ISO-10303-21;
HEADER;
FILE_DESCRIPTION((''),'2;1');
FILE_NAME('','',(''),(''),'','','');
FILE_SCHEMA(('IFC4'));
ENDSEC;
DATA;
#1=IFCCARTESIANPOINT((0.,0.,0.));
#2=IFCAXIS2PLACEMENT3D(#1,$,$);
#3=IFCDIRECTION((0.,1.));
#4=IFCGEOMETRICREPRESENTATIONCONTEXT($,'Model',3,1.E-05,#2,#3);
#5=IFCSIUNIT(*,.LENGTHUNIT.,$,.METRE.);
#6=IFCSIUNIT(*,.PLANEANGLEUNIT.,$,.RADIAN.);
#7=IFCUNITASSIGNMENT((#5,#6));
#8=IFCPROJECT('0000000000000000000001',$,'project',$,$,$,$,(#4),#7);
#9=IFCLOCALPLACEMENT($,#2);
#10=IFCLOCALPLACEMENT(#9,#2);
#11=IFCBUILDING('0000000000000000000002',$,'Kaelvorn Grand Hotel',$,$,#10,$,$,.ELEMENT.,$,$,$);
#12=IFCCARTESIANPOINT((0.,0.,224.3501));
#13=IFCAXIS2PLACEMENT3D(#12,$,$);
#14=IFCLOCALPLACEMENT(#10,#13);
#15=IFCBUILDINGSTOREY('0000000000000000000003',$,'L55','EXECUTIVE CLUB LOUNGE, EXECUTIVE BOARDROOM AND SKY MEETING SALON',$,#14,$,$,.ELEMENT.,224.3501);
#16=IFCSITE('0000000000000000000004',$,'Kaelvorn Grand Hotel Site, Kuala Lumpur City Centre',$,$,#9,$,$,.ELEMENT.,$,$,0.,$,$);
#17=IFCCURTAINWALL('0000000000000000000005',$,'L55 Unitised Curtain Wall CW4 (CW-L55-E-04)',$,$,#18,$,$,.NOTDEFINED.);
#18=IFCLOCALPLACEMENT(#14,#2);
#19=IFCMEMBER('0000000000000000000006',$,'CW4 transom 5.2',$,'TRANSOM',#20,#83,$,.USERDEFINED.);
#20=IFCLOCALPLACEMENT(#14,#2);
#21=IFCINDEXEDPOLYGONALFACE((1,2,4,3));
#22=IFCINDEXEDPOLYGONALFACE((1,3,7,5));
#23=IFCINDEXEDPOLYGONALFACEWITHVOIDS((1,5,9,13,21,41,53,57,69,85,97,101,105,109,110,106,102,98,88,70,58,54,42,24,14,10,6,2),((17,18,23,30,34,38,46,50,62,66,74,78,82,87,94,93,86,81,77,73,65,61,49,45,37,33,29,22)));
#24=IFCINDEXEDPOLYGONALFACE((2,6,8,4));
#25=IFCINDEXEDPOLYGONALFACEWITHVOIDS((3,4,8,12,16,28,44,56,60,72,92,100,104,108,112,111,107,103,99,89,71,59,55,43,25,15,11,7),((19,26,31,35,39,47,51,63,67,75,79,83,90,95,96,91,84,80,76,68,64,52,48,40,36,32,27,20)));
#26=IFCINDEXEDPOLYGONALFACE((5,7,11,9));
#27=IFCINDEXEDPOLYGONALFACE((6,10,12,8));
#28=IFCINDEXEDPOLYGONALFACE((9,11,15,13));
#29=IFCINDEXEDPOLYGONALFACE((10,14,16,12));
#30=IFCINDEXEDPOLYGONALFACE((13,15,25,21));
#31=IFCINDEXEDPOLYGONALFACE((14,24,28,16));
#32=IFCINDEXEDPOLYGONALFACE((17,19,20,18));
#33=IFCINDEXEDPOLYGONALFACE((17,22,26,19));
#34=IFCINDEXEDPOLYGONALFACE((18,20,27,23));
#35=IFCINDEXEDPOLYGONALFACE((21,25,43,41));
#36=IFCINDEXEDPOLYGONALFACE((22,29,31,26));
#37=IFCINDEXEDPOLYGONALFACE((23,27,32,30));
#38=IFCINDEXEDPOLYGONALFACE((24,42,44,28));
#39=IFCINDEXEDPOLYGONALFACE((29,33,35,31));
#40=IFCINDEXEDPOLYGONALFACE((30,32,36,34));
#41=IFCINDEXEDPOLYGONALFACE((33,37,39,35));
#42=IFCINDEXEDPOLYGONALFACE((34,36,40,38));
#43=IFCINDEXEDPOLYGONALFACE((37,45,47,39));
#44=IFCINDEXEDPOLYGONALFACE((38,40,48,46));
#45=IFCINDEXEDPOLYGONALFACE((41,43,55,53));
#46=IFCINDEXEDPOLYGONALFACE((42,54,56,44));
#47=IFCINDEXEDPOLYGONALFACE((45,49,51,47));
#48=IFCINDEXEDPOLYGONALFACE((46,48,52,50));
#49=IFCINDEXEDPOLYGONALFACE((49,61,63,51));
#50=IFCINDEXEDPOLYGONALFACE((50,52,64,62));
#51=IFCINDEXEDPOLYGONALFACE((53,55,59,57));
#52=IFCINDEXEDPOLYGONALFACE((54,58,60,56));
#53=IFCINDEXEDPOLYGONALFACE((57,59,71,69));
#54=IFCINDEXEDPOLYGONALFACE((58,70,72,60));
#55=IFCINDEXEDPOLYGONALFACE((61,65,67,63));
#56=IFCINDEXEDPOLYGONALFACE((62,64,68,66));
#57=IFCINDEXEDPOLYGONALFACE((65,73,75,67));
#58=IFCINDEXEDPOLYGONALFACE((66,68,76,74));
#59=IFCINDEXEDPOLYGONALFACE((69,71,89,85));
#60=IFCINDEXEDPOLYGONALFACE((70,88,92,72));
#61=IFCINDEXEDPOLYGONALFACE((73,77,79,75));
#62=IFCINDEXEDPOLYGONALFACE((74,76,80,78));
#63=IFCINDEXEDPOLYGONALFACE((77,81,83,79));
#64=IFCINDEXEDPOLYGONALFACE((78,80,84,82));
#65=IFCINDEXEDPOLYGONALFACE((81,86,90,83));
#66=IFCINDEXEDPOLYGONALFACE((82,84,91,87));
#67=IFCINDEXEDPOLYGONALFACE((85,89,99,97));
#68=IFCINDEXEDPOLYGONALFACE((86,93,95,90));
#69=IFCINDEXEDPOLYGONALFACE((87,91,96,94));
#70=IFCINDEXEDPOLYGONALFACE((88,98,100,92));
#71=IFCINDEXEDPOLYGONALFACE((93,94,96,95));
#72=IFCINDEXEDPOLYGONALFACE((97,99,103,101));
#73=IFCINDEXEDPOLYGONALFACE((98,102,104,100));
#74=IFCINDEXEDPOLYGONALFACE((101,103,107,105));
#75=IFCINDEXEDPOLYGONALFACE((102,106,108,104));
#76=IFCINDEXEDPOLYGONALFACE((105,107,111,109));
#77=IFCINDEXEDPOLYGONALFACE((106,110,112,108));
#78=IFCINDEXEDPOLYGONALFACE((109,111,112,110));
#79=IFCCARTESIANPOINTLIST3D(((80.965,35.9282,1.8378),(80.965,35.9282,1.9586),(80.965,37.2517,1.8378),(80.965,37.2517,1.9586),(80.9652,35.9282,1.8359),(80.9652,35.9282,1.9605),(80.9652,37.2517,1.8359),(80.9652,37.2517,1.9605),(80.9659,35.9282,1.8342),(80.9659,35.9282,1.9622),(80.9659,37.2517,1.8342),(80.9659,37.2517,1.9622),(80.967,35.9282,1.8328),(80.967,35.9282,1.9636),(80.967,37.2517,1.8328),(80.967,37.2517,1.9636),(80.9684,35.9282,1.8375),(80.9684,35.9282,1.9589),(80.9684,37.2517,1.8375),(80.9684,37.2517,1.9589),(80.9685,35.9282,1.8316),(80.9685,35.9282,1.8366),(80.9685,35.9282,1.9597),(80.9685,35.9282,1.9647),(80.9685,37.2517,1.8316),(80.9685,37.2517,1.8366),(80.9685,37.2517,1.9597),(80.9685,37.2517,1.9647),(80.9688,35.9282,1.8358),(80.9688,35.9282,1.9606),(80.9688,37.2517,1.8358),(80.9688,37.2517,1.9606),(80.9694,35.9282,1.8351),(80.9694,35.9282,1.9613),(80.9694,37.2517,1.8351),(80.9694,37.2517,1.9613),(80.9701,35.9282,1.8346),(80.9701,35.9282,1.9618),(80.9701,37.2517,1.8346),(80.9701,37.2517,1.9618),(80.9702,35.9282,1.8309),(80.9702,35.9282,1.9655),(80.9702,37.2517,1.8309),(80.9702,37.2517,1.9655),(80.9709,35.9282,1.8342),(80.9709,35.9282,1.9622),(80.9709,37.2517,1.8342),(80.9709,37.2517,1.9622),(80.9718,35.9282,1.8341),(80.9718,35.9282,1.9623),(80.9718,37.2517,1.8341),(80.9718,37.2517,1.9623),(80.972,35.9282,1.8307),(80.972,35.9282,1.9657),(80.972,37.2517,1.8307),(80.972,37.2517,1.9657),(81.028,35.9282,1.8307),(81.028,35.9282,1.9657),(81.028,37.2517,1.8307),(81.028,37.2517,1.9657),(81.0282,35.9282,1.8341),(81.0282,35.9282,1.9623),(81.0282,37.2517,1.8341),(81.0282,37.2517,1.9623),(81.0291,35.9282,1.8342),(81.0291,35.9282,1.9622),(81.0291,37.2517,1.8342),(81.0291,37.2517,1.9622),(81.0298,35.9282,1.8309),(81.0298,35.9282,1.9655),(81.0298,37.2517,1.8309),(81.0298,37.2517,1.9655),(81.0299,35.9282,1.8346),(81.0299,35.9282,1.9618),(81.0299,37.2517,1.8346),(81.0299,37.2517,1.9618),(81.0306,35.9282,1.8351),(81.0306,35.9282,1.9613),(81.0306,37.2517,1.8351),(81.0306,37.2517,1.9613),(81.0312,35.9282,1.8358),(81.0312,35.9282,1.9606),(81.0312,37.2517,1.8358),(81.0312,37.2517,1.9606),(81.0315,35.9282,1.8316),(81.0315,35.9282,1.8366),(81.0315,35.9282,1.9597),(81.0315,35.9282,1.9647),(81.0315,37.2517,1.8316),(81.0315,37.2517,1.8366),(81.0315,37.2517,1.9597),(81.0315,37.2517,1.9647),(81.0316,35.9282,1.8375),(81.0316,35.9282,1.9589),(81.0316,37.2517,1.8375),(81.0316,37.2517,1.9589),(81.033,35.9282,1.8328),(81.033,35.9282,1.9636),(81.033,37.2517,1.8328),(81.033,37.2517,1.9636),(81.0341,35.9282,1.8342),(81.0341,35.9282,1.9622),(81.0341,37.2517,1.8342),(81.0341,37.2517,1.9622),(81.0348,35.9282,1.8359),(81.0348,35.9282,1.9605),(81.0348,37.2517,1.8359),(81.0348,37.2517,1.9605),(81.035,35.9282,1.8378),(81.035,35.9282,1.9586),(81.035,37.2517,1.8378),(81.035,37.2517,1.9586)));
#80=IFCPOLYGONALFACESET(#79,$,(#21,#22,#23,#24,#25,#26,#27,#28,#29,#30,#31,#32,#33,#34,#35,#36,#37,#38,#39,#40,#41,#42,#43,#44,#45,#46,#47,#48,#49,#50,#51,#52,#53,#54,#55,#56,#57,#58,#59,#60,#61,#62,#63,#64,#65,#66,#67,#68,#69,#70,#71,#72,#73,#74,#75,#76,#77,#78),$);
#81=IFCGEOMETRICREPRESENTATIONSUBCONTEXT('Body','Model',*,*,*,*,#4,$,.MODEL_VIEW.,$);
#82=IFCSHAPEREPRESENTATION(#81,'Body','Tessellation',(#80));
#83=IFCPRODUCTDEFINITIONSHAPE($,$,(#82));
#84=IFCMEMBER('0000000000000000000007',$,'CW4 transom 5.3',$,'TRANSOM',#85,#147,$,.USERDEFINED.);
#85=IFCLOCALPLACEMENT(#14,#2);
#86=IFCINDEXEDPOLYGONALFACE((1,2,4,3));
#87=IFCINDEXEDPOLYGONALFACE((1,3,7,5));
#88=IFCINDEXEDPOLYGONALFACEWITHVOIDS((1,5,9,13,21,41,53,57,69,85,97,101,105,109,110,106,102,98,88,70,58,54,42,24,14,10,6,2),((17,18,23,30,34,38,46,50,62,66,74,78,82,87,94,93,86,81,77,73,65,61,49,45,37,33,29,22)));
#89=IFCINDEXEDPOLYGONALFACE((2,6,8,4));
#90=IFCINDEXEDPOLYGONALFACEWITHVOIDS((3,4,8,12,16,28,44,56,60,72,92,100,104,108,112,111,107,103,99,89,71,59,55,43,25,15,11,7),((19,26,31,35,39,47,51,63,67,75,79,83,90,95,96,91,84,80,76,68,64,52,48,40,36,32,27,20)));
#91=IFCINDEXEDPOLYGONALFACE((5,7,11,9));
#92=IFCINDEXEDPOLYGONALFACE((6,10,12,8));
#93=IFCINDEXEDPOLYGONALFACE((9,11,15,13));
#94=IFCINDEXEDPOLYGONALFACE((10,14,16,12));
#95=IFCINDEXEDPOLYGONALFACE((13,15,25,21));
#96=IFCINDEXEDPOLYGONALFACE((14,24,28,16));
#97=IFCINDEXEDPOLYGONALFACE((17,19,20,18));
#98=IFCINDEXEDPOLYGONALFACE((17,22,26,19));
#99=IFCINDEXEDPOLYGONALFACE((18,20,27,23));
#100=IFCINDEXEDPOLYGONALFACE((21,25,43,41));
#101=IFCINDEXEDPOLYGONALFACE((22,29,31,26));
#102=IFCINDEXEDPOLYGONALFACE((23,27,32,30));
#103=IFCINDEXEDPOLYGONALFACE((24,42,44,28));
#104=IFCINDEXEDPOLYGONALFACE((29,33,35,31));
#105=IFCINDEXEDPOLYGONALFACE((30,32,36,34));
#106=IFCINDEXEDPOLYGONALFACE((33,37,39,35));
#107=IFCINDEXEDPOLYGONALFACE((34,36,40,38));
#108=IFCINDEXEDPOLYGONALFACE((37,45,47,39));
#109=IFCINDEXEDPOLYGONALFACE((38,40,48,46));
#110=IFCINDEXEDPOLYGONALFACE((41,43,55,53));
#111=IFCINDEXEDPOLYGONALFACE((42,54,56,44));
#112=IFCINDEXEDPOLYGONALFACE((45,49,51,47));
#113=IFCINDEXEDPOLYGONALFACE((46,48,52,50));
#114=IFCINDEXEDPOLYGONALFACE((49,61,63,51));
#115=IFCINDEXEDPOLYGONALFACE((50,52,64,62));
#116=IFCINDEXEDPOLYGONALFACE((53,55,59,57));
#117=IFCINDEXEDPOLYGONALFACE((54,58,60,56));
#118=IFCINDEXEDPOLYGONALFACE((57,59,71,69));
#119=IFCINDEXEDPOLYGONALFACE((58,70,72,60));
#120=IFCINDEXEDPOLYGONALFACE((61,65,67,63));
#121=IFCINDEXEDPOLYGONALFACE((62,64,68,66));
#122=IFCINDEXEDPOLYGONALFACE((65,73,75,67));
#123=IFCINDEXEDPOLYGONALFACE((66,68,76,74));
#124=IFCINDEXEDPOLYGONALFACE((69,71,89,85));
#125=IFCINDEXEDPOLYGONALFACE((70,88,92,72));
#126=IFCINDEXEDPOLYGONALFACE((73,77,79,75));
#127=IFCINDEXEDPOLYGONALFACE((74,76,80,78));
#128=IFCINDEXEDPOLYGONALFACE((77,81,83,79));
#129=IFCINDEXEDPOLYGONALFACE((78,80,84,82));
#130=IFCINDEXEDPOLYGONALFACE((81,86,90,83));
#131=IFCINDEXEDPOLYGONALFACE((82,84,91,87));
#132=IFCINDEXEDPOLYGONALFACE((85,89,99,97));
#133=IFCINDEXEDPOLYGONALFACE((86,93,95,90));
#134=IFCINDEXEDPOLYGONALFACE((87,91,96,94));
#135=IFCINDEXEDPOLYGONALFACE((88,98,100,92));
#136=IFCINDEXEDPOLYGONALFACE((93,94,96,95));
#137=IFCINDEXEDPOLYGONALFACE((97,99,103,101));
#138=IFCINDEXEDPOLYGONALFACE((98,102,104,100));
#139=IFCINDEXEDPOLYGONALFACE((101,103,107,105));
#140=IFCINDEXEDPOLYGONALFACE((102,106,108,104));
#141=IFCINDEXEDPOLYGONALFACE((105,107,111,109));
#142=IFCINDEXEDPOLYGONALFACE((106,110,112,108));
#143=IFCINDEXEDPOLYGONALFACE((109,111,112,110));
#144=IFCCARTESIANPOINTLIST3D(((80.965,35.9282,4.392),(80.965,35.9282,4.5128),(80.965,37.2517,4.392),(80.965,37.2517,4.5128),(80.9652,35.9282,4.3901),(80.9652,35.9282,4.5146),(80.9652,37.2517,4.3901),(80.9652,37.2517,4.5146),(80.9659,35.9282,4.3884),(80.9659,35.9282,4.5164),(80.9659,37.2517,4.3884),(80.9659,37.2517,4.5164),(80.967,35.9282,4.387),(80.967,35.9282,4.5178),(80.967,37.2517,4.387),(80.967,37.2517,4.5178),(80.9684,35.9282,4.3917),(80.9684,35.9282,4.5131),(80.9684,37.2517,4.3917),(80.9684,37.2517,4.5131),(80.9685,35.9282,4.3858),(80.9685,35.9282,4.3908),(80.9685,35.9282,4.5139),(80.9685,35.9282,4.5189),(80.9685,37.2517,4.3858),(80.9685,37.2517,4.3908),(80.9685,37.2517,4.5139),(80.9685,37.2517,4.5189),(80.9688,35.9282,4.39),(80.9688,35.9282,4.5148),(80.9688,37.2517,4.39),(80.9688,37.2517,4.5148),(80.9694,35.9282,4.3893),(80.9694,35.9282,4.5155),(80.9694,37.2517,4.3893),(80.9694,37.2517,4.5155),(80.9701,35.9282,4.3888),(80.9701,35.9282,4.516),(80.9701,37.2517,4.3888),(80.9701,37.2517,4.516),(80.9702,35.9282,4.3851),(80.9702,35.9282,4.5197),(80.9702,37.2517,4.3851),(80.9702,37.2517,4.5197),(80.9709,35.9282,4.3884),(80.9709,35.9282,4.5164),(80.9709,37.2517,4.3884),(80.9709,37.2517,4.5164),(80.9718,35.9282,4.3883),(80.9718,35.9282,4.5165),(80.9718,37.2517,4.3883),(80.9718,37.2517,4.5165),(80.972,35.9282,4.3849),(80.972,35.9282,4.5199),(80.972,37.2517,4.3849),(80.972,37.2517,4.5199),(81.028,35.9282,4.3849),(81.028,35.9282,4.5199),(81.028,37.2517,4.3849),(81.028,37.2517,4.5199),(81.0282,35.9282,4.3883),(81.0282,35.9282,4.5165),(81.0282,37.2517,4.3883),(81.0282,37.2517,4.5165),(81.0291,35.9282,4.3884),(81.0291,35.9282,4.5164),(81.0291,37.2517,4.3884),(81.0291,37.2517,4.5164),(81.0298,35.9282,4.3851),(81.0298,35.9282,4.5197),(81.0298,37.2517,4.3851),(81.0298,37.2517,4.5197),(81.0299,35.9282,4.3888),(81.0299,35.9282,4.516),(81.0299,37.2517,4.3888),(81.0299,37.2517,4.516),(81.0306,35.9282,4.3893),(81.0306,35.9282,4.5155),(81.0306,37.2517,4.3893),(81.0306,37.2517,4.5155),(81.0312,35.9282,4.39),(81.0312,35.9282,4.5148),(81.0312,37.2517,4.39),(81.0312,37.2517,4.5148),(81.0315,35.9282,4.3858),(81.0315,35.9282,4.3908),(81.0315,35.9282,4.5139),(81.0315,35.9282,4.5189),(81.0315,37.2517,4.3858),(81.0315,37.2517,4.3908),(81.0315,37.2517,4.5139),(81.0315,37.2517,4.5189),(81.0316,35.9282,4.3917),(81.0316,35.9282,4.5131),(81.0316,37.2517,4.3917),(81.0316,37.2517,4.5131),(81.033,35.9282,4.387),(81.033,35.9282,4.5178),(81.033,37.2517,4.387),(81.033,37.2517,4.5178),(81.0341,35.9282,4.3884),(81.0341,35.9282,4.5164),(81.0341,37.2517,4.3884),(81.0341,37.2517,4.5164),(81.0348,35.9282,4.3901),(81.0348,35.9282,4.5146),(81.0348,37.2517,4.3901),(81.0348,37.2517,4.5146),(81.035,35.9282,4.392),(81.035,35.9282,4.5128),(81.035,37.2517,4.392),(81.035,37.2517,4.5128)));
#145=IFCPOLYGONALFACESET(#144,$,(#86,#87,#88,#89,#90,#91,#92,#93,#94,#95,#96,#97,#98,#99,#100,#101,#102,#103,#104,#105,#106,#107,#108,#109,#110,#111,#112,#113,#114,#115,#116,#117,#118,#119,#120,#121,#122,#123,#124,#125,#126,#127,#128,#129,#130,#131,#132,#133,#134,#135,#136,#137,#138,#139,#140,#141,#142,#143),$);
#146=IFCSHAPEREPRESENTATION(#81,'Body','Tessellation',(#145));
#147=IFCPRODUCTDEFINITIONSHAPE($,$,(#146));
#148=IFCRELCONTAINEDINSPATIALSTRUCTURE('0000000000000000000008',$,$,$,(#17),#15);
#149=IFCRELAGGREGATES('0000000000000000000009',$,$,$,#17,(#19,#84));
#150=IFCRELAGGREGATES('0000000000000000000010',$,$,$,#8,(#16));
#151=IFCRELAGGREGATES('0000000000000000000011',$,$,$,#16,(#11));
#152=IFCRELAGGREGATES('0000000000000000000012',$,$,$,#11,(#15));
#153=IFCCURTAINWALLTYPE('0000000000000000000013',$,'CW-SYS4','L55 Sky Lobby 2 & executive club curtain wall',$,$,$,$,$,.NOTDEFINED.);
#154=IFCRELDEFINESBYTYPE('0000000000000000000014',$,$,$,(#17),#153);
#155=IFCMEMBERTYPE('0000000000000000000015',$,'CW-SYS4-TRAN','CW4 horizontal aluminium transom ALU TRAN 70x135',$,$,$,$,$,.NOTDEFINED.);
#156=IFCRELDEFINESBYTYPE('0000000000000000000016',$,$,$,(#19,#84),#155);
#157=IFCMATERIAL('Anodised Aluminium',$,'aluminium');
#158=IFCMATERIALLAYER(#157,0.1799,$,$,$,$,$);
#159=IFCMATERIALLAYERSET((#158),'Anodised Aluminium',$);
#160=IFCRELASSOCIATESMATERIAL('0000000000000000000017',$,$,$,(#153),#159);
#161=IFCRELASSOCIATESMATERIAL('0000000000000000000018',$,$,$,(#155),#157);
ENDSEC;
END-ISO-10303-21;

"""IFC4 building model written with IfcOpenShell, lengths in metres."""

from ifc_helpers import new_model, si_unit, direction, frame, origin, origin_2d, place, context, subcontext, project, spatial, hollow_rectangle, extrude, material, layer, layer_set, material_profile, profile_set, type_object, element, aggregate, save


model = new_model("IFC4")

# Units and contexts
model_context = context("Model", 3, precision=1e-05, world=origin(), true_north=direction((0.0, 1.0)))
body_context = subcontext(model_context, "Body", "Model", "MODEL_VIEW")
ifc_project = project(units=[si_unit("LENGTHUNIT", "METRE"), si_unit("PLANEANGLEUNIT", "RADIAN")], contexts=[model_context])

# Site, building, storey
site_placement = place(None, origin())
site = spatial("IfcSite", under=ifc_project, at=site_placement, Name="Kaelvorn Grand Hotel Site, Kuala Lumpur City Centre", CompositionType="ELEMENT", RefElevation=0.0)
building_placement = place(site_placement, origin())
building = spatial("IfcBuilding", under=site, at=building_placement, Name="Kaelvorn Grand Hotel", CompositionType="ELEMENT")
storey_placement = place(building_placement, frame((0.0, 0.0, 224.3501)))
storey = spatial("IfcBuildingStorey", under=building, at=storey_placement, Name="L55", Description="EXECUTIVE CLUB LOUNGE, EXECUTIVE BOARDROOM AND SKY MEETING SALON", CompositionType="ELEMENT", Elevation=224.3501)

# Curtain wall, members
ifc_material_1 = material(Name="Anodised Aluminium", Category="aluminium")
ifc_layer_1 = layer(ifc_material_1, 0.1799)
ifc_layer_set_1 = layer_set([ifc_layer_1], Name="Anodised Aluminium")
curtain_wall_type = type_object("IfcCurtainWallType", Name="CW-SYS4", Description="L55 Sky Lobby 2 & executive club curtain wall", PredefinedType="NOTDEFINED", material=ifc_layer_set_1)
curtain_wall_placement = place(storey_placement, origin())
curtain_wall = element("IfcCurtainWall", 1, at=curtain_wall_placement, inside=storey, type_object=curtain_wall_type, Name="L55 Unitised Curtain Wall CW4 (CW-L55-E-04)", PredefinedType="NOTDEFINED")
ifc_material_profile_1 = material_profile(ifc_material_1, hollow_rectangle(XDim=0.0701, YDim=0.135, WallThickness=0.0034, InnerFilletRadius=0.0034, OuterFilletRadius=0.0071, at=origin_2d()), Name="ALU TRAN 70x135")
ifc_profile_set_1 = profile_set([ifc_material_profile_1], Name="Anodised Aluminium")
member_type_1 = type_object("IfcMemberType", Name="CW-SYS4-TRAN", Description="CW4 horizontal aluminium transom ALU TRAN 70x135", PredefinedType="NOTDEFINED", material=ifc_profile_set_1)
member_1_placement = place(storey_placement, frame((81.0, 35.9282, 1.8982), z_axis=(0.0, 1.0, 0.0), x_axis=(-1.0, 0.0, 0.0)))
member_1 = element("IfcMember", 2, at=member_1_placement, type_object=member_type_1, Name="CW4 transom 5.2", ObjectType="TRANSOM", PredefinedType="USERDEFINED", context=body_context, shape_type="SweptSolid", body=[
    extrude(hollow_rectangle(XDim=0.0701, YDim=0.135, WallThickness=0.0034, InnerFilletRadius=0.0034, OuterFilletRadius=0.0071, at=origin_2d()), origin(), (0.0, 0.0, 1.0), 1.3235),
])
member_2_placement = place(storey_placement, frame((81.0, 35.9282, 4.4524), z_axis=(0.0, 1.0, 0.0), x_axis=(-1.0, 0.0, 0.0)))
member_2 = element("IfcMember", 3, at=member_2_placement, type_object=member_type_1, Name="CW4 transom 5.3", ObjectType="TRANSOM", PredefinedType="USERDEFINED", context=body_context, shape_type="SweptSolid", body=[
    extrude(hollow_rectangle(XDim=0.0701, YDim=0.135, WallThickness=0.0034, InnerFilletRadius=0.0034, OuterFilletRadius=0.0071, at=origin_2d()), origin(), (0.0, 0.0, 1.0), 1.3235),
])
aggregate(curtain_wall, [member_1, member_2])

save(model, "model.ifc")
